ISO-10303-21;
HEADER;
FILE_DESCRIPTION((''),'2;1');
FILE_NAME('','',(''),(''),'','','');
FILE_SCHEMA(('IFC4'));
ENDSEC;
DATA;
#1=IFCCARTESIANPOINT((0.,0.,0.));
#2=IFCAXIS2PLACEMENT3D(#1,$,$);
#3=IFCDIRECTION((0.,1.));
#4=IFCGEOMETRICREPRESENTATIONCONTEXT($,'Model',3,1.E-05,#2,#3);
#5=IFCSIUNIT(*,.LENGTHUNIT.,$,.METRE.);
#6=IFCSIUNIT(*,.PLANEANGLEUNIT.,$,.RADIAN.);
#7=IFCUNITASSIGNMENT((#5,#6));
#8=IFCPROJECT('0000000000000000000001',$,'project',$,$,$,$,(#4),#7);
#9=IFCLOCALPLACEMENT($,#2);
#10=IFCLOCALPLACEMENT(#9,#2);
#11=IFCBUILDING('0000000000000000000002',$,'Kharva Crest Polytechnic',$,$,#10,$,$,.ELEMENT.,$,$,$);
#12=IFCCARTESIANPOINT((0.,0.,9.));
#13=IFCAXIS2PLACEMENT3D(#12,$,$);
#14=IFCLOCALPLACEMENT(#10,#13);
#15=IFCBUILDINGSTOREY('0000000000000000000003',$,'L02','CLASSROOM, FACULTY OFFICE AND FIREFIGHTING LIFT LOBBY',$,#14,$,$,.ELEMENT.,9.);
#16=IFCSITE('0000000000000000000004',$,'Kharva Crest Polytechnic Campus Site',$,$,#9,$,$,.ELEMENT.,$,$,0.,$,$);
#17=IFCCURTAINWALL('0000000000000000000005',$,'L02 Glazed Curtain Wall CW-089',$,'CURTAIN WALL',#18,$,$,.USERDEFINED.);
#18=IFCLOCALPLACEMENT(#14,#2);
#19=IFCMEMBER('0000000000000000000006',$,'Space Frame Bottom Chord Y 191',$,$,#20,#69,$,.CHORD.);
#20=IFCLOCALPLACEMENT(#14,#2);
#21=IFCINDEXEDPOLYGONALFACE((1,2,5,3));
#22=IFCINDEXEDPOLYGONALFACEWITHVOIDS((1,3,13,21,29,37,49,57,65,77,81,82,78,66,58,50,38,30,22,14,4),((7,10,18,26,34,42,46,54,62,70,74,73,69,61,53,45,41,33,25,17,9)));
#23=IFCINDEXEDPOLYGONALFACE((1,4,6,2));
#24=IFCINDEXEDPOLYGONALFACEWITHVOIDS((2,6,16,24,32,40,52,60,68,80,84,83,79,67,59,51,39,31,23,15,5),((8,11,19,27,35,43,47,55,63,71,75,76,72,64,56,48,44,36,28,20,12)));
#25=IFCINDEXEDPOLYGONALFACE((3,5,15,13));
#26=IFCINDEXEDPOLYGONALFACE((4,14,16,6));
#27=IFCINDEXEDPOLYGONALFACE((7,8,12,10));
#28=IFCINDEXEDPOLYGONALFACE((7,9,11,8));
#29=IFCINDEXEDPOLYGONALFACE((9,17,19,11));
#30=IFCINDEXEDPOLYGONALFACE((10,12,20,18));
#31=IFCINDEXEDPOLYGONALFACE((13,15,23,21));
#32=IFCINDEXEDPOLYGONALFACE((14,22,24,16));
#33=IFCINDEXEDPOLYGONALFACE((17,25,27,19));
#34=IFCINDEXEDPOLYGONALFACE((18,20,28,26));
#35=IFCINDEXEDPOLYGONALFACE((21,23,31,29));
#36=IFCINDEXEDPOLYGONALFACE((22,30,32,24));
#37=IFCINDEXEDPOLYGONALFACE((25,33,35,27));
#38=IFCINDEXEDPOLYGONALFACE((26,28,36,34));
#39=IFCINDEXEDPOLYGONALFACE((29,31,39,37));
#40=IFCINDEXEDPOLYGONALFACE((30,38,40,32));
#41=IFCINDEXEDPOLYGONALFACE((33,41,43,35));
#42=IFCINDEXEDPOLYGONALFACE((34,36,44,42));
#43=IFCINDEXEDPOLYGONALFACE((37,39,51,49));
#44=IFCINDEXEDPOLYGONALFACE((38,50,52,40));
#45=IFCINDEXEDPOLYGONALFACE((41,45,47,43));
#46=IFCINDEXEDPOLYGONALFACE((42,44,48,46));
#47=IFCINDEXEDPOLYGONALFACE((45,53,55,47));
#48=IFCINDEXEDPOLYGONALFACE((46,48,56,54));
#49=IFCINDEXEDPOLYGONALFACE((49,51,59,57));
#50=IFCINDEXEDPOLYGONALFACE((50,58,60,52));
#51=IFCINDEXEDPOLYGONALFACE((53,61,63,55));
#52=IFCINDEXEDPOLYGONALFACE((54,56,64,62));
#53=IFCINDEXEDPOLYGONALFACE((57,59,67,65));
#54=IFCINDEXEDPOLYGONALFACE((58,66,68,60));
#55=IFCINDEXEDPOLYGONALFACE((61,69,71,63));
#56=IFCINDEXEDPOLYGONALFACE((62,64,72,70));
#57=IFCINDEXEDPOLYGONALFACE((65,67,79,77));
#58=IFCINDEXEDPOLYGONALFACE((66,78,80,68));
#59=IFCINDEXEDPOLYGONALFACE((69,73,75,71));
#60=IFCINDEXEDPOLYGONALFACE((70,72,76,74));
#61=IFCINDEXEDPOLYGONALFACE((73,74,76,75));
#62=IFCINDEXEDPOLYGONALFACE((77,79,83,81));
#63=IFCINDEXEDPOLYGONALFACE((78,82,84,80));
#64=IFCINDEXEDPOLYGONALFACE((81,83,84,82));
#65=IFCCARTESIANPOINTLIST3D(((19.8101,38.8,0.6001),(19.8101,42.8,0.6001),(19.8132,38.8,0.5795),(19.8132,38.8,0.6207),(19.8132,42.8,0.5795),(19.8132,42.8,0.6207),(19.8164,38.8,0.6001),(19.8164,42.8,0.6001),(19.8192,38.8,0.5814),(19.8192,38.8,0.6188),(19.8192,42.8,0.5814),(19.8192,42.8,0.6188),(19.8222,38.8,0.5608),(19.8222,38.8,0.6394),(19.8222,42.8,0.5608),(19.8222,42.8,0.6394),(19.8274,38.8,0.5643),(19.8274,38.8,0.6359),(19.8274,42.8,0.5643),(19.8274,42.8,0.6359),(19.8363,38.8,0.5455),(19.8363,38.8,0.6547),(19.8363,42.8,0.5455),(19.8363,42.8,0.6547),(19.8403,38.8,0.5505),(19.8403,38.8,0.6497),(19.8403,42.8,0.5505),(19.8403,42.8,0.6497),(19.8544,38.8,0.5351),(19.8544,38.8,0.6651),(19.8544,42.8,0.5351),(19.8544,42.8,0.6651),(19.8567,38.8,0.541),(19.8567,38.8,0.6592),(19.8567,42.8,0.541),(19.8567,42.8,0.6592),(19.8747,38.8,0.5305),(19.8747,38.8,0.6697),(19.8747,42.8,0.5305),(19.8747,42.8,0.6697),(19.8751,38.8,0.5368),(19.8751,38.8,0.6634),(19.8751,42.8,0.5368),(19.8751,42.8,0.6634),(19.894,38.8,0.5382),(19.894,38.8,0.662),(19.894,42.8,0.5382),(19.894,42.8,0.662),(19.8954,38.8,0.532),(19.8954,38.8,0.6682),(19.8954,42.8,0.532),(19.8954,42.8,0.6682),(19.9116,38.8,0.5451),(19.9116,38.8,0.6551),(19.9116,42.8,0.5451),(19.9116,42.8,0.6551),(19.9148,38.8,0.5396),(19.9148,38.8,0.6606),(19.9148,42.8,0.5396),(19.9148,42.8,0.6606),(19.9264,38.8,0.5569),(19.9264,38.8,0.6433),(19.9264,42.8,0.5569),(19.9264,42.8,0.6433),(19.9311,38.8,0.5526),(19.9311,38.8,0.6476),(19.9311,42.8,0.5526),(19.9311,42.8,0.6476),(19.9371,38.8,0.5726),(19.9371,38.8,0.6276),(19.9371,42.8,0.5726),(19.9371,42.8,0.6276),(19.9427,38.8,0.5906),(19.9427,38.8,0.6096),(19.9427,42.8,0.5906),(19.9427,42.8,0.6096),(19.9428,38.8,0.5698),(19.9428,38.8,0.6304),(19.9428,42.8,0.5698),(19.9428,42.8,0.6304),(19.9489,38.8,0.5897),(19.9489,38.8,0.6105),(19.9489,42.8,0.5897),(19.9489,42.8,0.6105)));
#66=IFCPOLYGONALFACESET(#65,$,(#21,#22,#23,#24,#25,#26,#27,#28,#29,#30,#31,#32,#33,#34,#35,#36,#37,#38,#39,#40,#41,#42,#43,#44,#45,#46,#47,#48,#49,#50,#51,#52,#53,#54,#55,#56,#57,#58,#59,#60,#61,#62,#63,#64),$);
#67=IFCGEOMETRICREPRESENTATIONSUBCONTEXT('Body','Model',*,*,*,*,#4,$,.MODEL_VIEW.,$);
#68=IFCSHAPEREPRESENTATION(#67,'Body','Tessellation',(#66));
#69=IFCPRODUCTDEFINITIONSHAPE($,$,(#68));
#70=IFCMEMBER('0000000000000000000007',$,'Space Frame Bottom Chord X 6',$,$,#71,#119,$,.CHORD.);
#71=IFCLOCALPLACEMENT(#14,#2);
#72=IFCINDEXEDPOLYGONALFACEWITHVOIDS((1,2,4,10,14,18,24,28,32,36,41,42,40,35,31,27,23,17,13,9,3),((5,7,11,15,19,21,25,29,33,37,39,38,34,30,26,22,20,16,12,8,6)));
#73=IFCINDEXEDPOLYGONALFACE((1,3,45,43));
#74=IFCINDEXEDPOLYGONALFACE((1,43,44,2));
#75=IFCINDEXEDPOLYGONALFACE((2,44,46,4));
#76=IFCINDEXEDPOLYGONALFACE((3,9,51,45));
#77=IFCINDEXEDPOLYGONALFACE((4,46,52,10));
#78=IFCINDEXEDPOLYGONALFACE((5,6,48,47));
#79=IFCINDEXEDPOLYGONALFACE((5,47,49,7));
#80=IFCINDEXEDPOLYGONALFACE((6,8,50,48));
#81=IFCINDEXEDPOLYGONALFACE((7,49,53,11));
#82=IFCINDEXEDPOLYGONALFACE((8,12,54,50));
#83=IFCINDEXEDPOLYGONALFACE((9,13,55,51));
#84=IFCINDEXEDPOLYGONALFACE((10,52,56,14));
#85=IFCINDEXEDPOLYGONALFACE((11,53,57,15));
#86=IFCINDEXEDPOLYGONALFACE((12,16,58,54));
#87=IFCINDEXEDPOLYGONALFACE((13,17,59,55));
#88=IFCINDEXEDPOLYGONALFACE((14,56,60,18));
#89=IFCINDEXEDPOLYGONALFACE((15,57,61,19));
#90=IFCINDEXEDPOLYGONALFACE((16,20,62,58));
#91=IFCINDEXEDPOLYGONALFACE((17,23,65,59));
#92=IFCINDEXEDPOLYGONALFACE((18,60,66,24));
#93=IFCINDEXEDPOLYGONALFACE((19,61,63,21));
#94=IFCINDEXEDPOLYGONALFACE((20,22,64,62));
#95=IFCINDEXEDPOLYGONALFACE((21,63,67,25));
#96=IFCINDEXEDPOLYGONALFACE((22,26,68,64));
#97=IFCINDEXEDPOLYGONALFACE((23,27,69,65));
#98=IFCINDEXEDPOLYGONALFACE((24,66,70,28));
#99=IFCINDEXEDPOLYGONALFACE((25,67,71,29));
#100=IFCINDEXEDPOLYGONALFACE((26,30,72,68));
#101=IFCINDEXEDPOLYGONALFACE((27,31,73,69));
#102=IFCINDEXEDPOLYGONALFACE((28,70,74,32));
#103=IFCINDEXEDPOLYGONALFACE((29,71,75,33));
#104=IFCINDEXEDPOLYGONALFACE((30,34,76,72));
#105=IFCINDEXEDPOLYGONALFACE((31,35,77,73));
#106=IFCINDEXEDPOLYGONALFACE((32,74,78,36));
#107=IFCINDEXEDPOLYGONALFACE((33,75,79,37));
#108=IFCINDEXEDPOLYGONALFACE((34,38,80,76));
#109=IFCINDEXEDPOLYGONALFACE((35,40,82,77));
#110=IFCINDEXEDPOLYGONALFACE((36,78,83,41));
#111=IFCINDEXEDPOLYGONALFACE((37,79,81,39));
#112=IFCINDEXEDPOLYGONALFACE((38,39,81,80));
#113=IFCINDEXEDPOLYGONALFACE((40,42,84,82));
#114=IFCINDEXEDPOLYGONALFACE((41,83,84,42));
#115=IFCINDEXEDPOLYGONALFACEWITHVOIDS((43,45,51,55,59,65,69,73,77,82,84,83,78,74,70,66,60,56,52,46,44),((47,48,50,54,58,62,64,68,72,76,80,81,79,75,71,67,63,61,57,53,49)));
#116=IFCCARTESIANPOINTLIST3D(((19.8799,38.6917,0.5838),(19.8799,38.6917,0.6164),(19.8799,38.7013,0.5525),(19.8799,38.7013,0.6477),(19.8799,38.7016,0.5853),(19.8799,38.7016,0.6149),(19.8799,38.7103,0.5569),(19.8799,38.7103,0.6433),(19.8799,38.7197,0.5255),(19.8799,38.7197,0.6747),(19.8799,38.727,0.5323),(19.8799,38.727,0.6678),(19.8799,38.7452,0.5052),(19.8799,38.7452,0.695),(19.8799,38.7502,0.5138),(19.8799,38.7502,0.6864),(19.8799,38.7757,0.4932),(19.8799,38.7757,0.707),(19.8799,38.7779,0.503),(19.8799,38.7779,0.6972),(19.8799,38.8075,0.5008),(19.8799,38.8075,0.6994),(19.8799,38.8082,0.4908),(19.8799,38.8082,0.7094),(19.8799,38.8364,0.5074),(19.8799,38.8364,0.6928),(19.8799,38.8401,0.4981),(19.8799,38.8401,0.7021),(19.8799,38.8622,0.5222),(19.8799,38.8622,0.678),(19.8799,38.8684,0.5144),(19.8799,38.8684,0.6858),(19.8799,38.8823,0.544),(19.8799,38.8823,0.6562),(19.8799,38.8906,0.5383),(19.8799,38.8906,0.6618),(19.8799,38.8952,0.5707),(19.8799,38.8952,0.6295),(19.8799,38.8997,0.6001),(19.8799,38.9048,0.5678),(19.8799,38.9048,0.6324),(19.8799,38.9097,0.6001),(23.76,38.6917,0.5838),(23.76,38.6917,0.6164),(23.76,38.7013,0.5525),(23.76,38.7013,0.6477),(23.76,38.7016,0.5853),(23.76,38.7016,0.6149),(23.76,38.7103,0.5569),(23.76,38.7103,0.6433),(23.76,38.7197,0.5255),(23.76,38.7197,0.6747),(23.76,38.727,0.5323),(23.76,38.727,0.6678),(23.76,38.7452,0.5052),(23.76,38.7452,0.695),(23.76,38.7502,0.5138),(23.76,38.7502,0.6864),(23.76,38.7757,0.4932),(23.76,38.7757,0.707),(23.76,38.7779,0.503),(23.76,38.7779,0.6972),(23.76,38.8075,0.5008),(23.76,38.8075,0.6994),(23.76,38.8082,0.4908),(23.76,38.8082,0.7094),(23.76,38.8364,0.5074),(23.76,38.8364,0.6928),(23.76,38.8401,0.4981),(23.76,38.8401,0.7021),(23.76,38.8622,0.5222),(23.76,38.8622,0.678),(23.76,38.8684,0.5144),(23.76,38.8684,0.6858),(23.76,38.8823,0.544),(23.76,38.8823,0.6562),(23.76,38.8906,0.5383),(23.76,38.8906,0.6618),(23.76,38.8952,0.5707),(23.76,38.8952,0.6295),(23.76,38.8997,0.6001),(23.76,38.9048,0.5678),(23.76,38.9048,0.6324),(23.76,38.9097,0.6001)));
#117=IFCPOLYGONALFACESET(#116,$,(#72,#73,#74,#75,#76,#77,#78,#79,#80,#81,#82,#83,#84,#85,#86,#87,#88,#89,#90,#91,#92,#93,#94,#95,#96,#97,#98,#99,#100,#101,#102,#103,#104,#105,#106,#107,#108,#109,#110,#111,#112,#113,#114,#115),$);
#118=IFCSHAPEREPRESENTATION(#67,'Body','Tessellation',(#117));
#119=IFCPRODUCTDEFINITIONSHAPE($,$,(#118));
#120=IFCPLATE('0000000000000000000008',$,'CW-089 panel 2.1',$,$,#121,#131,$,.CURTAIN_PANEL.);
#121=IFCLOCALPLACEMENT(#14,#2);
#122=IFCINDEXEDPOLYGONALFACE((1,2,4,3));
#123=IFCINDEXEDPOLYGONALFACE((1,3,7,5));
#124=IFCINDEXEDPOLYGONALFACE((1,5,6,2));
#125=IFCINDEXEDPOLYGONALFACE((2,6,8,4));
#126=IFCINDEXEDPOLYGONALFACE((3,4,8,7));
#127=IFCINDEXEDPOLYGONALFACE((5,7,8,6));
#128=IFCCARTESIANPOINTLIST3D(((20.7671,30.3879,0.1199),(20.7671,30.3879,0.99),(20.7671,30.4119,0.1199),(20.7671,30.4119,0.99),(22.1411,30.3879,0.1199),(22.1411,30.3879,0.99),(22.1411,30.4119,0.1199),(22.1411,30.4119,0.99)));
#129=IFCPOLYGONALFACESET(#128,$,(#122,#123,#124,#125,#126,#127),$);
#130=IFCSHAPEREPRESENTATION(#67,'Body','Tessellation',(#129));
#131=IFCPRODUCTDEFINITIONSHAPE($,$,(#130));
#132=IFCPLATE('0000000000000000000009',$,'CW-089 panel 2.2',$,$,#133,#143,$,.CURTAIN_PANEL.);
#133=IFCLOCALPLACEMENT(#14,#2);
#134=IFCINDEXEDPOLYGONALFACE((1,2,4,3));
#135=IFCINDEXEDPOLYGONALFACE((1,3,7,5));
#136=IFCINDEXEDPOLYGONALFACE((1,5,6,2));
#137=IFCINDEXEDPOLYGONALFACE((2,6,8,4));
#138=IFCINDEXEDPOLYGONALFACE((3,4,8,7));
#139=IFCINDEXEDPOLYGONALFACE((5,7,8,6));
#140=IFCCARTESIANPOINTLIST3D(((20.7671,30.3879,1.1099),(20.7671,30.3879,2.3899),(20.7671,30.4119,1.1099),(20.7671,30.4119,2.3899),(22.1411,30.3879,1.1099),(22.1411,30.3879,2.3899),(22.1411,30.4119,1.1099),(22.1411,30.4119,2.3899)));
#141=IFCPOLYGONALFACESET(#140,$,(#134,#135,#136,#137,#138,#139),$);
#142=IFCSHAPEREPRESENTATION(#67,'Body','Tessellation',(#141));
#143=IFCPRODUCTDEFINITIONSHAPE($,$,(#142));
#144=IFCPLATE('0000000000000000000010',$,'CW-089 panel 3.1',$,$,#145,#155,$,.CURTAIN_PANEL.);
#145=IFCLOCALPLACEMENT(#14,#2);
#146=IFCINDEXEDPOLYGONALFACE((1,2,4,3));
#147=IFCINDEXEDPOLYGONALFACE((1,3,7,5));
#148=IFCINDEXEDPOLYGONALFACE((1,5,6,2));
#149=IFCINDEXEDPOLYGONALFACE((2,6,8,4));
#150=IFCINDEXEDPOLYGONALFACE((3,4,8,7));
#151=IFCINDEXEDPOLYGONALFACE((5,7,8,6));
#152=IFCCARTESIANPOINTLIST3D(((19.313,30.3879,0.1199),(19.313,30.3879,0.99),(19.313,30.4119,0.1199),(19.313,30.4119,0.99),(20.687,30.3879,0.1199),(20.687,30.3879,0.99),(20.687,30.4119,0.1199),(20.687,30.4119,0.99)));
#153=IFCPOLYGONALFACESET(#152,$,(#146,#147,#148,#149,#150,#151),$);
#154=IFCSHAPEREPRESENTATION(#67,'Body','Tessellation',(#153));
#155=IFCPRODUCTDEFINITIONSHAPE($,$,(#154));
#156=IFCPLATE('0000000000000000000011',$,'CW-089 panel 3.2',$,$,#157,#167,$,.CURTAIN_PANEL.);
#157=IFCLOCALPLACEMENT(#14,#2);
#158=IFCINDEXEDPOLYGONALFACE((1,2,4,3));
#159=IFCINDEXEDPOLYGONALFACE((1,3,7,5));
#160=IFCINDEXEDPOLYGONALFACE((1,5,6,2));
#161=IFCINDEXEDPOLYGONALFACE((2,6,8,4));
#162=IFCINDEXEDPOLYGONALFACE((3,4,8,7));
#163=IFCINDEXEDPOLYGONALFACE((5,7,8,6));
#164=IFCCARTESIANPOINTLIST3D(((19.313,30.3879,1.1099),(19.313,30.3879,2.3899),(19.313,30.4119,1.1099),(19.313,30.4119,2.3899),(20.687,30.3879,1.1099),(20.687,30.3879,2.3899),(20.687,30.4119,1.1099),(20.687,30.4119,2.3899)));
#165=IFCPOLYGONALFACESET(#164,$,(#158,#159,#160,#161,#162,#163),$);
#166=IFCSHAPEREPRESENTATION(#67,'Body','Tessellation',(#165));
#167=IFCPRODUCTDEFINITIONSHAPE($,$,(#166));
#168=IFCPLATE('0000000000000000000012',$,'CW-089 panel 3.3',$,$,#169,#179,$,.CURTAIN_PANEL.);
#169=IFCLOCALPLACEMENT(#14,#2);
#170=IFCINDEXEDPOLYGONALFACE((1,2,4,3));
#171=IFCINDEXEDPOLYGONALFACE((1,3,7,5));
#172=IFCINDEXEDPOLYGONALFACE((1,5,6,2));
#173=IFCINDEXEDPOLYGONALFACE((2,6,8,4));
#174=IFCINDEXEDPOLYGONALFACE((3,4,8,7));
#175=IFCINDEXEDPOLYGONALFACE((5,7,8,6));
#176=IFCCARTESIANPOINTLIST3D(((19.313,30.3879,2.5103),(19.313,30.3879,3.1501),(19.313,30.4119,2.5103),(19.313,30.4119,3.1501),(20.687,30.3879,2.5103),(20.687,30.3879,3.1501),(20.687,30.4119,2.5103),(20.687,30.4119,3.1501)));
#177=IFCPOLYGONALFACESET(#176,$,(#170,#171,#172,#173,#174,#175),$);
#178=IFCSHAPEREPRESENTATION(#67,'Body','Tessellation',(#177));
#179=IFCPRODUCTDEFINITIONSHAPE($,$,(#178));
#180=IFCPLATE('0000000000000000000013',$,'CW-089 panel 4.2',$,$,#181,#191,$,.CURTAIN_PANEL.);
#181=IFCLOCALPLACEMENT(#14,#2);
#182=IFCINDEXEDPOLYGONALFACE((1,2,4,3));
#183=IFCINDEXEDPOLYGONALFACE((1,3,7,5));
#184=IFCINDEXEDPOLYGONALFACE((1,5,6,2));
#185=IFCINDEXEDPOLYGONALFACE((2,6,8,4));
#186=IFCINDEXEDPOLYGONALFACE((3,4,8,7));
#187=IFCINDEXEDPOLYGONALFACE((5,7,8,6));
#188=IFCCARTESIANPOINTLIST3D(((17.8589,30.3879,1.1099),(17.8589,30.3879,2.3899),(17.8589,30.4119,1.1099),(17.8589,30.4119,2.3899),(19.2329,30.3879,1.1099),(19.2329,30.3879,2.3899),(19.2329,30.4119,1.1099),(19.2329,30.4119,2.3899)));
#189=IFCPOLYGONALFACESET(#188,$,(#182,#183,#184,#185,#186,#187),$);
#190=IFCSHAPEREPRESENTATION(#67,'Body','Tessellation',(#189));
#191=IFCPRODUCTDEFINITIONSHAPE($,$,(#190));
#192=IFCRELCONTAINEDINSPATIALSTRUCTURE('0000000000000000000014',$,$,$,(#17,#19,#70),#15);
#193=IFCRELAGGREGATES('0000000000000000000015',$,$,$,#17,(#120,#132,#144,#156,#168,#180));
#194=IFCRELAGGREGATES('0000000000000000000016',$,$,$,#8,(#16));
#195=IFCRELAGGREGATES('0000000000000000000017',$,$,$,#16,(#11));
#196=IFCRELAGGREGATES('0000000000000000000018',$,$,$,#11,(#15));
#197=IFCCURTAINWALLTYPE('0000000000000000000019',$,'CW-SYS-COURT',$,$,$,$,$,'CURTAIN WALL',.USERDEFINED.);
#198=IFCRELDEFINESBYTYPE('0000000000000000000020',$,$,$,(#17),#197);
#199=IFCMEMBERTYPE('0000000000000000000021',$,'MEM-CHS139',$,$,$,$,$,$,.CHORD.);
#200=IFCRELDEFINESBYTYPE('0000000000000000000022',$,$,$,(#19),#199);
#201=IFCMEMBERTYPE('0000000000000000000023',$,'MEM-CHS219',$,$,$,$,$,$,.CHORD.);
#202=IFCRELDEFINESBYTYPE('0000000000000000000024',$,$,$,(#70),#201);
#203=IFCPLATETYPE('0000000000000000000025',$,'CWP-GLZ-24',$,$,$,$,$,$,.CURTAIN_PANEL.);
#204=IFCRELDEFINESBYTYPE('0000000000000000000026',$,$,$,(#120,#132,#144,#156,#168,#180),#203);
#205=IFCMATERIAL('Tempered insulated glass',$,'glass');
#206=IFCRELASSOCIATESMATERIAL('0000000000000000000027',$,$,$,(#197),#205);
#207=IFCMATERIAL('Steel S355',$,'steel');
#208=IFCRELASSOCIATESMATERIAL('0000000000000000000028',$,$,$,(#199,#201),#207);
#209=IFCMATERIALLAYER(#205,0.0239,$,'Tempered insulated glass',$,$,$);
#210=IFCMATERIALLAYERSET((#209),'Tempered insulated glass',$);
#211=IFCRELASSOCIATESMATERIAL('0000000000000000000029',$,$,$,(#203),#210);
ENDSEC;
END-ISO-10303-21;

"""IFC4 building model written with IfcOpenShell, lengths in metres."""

from ifc_helpers import new_model, si_unit, direction, frame, origin, origin_2d, place, context, subcontext, project, spatial, rectangle, hollow_circle, extrude, material, layer, layer_set, material_profile, profile_set, type_object, element, aggregate, save


model = new_model("IFC4")

# Units and contexts
model_context = context("Model", 3, precision=1e-05, world=origin(), true_north=direction((0.0, 1.0)))
body_context = subcontext(model_context, "Body", "Model", "MODEL_VIEW")
ifc_project = project(units=[si_unit("LENGTHUNIT", "METRE"), si_unit("PLANEANGLEUNIT", "RADIAN")], contexts=[model_context])

# Site, building, storey
site_placement = place(None, origin())
site = spatial("IfcSite", under=ifc_project, at=site_placement, Name="Kharva Crest Polytechnic Campus Site", CompositionType="ELEMENT", RefElevation=0.0)
building_placement = place(site_placement, origin())
building = spatial("IfcBuilding", under=site, at=building_placement, Name="Kharva Crest Polytechnic", CompositionType="ELEMENT")
storey_placement = place(building_placement, frame((0.0, 0.0, 9.0)))
storey = spatial("IfcBuildingStorey", under=building, at=storey_placement, Name="L02", Description="CLASSROOM, FACULTY OFFICE AND FIREFIGHTING LIFT LOBBY", CompositionType="ELEMENT", Elevation=9.0)

# Curtain wall
ifc_material_1 = material(Name="Tempered insulated glass", Category="glass")
curtain_wall_type = type_object("IfcCurtainWallType", Name="CW-SYS-COURT", ElementType="CURTAIN WALL", PredefinedType="USERDEFINED", material=ifc_material_1)
curtain_wall_placement = place(storey_placement, origin())
curtain_wall = element("IfcCurtainWall", 1, at=curtain_wall_placement, inside=storey, type_object=curtain_wall_type, Name="L02 Glazed Curtain Wall CW-089", ObjectType="CURTAIN WALL", PredefinedType="USERDEFINED")
ifc_material_2 = material(Name="Steel S355", Category="steel")

# Members
ifc_material_profile_1 = material_profile(ifc_material_2, hollow_circle(Radius=0.0698, WallThickness=0.0063, at=origin_2d()), Name="CHS 139.7X6.3")
ifc_profile_set_1 = profile_set([ifc_material_profile_1], Name="Steel S355")
member_type_1 = type_object("IfcMemberType", Name="MEM-CHS139", PredefinedType="CHORD", material=ifc_profile_set_1)
member_1_placement = place(storey_placement, frame((19.8799, 38.8, 0.6001), z_axis=(0.0, 1.0, 0.0), x_axis=(-1.0, 0.0, 0.0)))
element("IfcMember", 2, at=member_1_placement, inside=storey, type_object=member_type_1, Name="Space Frame Bottom Chord Y 191", PredefinedType="CHORD", context=body_context, shape_type="SweptSolid", body=[
    extrude(hollow_circle(Radius=0.0698, WallThickness=0.0063, at=origin_2d()), origin(), (0.0, 0.0, 1.0), 4.0),
])
ifc_material_profile_2 = material_profile(ifc_material_2, hollow_circle(Radius=0.1096, WallThickness=0.01, at=origin_2d()), Name="CHS 219.1X10.0")
ifc_profile_set_2 = profile_set([ifc_material_profile_2], Name="Steel S355")
member_type_2 = type_object("IfcMemberType", Name="MEM-CHS219", PredefinedType="CHORD", material=ifc_profile_set_2)
member_2_placement = place(storey_placement, frame((19.8799, 38.8, 0.6001), z_axis=(1.0, 0.0, 0.0), x_axis=(0.0, 1.0, 0.0)))
element("IfcMember", 3, at=member_2_placement, inside=storey, type_object=member_type_2, Name="Space Frame Bottom Chord X 6", PredefinedType="CHORD", context=body_context, shape_type="SweptSolid", body=[
    extrude(hollow_circle(Radius=0.1096, WallThickness=0.01, at=origin_2d()), origin(), (0.0, 0.0, 1.0), 3.8801),
])

# Plates
ifc_layer = layer(ifc_material_1, 0.0239, Name="Tempered insulated glass")
ifc_layer_set = layer_set([ifc_layer], Name="Tempered insulated glass")
plate_type = type_object("IfcPlateType", Name="CWP-GLZ-24", PredefinedType="CURTAIN_PANEL", material=ifc_layer_set)
plate_1_placement = place(storey_placement, frame((21.4541, 30.3999, 0.1199), z_axis=(0.0, 0.0, 1.0), x_axis=(-1.0, 0.0, 0.0)))
plate_1 = element("IfcPlate", 4, at=plate_1_placement, type_object=plate_type, Name="CW-089 panel 2.1", PredefinedType="CURTAIN_PANEL", context=body_context, shape_type="SweptSolid", body=[
    extrude(rectangle(XDim=1.374, YDim=0.0239, at=origin_2d()), origin(), (0.0, 0.0, 1.0), 0.8701),
])
plate_2_placement = place(storey_placement, frame((21.4541, 30.3999, 1.1099), z_axis=(0.0, 0.0, 1.0), x_axis=(-1.0, 0.0, 0.0)))
plate_2 = element("IfcPlate", 5, at=plate_2_placement, type_object=plate_type, Name="CW-089 panel 2.2", PredefinedType="CURTAIN_PANEL", context=body_context, shape_type="SweptSolid", body=[
    extrude(rectangle(XDim=1.374, YDim=0.0239, at=origin_2d()), origin(), (0.0, 0.0, 1.0), 1.28),
])
plate_3_placement = place(storey_placement, frame((20.0, 30.3999, 0.1199), z_axis=(0.0, 0.0, 1.0), x_axis=(-1.0, 0.0, 0.0)))
plate_3 = element("IfcPlate", 6, at=plate_3_placement, type_object=plate_type, Name="CW-089 panel 3.1", PredefinedType="CURTAIN_PANEL", context=body_context, shape_type="SweptSolid", body=[
    extrude(rectangle(XDim=1.374, YDim=0.0239, at=origin_2d()), origin(), (0.0, 0.0, 1.0), 0.8701),
])
plate_4_placement = place(storey_placement, frame((20.0, 30.3999, 1.1099), z_axis=(0.0, 0.0, 1.0), x_axis=(-1.0, 0.0, 0.0)))
plate_4 = element("IfcPlate", 7, at=plate_4_placement, type_object=plate_type, Name="CW-089 panel 3.2", PredefinedType="CURTAIN_PANEL", context=body_context, shape_type="SweptSolid", body=[
    extrude(rectangle(XDim=1.374, YDim=0.0239, at=origin_2d()), origin(), (0.0, 0.0, 1.0), 1.28),
])
plate_5_placement = place(storey_placement, frame((20.0, 30.3999, 2.5103), z_axis=(0.0, 0.0, 1.0), x_axis=(-1.0, 0.0, 0.0)))
plate_5 = element("IfcPlate", 8, at=plate_5_placement, type_object=plate_type, Name="CW-089 panel 3.3", PredefinedType="CURTAIN_PANEL", context=body_context, shape_type="SweptSolid", body=[
    extrude(rectangle(XDim=1.374, YDim=0.0239, at=origin_2d()), origin(), (0.0, 0.0, 1.0), 0.6399),
])
plate_6_placement = place(storey_placement, frame((18.5459, 30.3999, 1.1099), z_axis=(0.0, 0.0, 1.0), x_axis=(-1.0, 0.0, 0.0)))
plate_6 = element("IfcPlate", 9, at=plate_6_placement, type_object=plate_type, Name="CW-089 panel 4.2", PredefinedType="CURTAIN_PANEL", context=body_context, shape_type="SweptSolid", body=[
    extrude(rectangle(XDim=1.374, YDim=0.0239, at=origin_2d()), origin(), (0.0, 0.0, 1.0), 1.28),
])
aggregate(curtain_wall, [plate_1, plate_2, plate_3, plate_4, plate_5, plate_6])

save(model, "model.ifc")
